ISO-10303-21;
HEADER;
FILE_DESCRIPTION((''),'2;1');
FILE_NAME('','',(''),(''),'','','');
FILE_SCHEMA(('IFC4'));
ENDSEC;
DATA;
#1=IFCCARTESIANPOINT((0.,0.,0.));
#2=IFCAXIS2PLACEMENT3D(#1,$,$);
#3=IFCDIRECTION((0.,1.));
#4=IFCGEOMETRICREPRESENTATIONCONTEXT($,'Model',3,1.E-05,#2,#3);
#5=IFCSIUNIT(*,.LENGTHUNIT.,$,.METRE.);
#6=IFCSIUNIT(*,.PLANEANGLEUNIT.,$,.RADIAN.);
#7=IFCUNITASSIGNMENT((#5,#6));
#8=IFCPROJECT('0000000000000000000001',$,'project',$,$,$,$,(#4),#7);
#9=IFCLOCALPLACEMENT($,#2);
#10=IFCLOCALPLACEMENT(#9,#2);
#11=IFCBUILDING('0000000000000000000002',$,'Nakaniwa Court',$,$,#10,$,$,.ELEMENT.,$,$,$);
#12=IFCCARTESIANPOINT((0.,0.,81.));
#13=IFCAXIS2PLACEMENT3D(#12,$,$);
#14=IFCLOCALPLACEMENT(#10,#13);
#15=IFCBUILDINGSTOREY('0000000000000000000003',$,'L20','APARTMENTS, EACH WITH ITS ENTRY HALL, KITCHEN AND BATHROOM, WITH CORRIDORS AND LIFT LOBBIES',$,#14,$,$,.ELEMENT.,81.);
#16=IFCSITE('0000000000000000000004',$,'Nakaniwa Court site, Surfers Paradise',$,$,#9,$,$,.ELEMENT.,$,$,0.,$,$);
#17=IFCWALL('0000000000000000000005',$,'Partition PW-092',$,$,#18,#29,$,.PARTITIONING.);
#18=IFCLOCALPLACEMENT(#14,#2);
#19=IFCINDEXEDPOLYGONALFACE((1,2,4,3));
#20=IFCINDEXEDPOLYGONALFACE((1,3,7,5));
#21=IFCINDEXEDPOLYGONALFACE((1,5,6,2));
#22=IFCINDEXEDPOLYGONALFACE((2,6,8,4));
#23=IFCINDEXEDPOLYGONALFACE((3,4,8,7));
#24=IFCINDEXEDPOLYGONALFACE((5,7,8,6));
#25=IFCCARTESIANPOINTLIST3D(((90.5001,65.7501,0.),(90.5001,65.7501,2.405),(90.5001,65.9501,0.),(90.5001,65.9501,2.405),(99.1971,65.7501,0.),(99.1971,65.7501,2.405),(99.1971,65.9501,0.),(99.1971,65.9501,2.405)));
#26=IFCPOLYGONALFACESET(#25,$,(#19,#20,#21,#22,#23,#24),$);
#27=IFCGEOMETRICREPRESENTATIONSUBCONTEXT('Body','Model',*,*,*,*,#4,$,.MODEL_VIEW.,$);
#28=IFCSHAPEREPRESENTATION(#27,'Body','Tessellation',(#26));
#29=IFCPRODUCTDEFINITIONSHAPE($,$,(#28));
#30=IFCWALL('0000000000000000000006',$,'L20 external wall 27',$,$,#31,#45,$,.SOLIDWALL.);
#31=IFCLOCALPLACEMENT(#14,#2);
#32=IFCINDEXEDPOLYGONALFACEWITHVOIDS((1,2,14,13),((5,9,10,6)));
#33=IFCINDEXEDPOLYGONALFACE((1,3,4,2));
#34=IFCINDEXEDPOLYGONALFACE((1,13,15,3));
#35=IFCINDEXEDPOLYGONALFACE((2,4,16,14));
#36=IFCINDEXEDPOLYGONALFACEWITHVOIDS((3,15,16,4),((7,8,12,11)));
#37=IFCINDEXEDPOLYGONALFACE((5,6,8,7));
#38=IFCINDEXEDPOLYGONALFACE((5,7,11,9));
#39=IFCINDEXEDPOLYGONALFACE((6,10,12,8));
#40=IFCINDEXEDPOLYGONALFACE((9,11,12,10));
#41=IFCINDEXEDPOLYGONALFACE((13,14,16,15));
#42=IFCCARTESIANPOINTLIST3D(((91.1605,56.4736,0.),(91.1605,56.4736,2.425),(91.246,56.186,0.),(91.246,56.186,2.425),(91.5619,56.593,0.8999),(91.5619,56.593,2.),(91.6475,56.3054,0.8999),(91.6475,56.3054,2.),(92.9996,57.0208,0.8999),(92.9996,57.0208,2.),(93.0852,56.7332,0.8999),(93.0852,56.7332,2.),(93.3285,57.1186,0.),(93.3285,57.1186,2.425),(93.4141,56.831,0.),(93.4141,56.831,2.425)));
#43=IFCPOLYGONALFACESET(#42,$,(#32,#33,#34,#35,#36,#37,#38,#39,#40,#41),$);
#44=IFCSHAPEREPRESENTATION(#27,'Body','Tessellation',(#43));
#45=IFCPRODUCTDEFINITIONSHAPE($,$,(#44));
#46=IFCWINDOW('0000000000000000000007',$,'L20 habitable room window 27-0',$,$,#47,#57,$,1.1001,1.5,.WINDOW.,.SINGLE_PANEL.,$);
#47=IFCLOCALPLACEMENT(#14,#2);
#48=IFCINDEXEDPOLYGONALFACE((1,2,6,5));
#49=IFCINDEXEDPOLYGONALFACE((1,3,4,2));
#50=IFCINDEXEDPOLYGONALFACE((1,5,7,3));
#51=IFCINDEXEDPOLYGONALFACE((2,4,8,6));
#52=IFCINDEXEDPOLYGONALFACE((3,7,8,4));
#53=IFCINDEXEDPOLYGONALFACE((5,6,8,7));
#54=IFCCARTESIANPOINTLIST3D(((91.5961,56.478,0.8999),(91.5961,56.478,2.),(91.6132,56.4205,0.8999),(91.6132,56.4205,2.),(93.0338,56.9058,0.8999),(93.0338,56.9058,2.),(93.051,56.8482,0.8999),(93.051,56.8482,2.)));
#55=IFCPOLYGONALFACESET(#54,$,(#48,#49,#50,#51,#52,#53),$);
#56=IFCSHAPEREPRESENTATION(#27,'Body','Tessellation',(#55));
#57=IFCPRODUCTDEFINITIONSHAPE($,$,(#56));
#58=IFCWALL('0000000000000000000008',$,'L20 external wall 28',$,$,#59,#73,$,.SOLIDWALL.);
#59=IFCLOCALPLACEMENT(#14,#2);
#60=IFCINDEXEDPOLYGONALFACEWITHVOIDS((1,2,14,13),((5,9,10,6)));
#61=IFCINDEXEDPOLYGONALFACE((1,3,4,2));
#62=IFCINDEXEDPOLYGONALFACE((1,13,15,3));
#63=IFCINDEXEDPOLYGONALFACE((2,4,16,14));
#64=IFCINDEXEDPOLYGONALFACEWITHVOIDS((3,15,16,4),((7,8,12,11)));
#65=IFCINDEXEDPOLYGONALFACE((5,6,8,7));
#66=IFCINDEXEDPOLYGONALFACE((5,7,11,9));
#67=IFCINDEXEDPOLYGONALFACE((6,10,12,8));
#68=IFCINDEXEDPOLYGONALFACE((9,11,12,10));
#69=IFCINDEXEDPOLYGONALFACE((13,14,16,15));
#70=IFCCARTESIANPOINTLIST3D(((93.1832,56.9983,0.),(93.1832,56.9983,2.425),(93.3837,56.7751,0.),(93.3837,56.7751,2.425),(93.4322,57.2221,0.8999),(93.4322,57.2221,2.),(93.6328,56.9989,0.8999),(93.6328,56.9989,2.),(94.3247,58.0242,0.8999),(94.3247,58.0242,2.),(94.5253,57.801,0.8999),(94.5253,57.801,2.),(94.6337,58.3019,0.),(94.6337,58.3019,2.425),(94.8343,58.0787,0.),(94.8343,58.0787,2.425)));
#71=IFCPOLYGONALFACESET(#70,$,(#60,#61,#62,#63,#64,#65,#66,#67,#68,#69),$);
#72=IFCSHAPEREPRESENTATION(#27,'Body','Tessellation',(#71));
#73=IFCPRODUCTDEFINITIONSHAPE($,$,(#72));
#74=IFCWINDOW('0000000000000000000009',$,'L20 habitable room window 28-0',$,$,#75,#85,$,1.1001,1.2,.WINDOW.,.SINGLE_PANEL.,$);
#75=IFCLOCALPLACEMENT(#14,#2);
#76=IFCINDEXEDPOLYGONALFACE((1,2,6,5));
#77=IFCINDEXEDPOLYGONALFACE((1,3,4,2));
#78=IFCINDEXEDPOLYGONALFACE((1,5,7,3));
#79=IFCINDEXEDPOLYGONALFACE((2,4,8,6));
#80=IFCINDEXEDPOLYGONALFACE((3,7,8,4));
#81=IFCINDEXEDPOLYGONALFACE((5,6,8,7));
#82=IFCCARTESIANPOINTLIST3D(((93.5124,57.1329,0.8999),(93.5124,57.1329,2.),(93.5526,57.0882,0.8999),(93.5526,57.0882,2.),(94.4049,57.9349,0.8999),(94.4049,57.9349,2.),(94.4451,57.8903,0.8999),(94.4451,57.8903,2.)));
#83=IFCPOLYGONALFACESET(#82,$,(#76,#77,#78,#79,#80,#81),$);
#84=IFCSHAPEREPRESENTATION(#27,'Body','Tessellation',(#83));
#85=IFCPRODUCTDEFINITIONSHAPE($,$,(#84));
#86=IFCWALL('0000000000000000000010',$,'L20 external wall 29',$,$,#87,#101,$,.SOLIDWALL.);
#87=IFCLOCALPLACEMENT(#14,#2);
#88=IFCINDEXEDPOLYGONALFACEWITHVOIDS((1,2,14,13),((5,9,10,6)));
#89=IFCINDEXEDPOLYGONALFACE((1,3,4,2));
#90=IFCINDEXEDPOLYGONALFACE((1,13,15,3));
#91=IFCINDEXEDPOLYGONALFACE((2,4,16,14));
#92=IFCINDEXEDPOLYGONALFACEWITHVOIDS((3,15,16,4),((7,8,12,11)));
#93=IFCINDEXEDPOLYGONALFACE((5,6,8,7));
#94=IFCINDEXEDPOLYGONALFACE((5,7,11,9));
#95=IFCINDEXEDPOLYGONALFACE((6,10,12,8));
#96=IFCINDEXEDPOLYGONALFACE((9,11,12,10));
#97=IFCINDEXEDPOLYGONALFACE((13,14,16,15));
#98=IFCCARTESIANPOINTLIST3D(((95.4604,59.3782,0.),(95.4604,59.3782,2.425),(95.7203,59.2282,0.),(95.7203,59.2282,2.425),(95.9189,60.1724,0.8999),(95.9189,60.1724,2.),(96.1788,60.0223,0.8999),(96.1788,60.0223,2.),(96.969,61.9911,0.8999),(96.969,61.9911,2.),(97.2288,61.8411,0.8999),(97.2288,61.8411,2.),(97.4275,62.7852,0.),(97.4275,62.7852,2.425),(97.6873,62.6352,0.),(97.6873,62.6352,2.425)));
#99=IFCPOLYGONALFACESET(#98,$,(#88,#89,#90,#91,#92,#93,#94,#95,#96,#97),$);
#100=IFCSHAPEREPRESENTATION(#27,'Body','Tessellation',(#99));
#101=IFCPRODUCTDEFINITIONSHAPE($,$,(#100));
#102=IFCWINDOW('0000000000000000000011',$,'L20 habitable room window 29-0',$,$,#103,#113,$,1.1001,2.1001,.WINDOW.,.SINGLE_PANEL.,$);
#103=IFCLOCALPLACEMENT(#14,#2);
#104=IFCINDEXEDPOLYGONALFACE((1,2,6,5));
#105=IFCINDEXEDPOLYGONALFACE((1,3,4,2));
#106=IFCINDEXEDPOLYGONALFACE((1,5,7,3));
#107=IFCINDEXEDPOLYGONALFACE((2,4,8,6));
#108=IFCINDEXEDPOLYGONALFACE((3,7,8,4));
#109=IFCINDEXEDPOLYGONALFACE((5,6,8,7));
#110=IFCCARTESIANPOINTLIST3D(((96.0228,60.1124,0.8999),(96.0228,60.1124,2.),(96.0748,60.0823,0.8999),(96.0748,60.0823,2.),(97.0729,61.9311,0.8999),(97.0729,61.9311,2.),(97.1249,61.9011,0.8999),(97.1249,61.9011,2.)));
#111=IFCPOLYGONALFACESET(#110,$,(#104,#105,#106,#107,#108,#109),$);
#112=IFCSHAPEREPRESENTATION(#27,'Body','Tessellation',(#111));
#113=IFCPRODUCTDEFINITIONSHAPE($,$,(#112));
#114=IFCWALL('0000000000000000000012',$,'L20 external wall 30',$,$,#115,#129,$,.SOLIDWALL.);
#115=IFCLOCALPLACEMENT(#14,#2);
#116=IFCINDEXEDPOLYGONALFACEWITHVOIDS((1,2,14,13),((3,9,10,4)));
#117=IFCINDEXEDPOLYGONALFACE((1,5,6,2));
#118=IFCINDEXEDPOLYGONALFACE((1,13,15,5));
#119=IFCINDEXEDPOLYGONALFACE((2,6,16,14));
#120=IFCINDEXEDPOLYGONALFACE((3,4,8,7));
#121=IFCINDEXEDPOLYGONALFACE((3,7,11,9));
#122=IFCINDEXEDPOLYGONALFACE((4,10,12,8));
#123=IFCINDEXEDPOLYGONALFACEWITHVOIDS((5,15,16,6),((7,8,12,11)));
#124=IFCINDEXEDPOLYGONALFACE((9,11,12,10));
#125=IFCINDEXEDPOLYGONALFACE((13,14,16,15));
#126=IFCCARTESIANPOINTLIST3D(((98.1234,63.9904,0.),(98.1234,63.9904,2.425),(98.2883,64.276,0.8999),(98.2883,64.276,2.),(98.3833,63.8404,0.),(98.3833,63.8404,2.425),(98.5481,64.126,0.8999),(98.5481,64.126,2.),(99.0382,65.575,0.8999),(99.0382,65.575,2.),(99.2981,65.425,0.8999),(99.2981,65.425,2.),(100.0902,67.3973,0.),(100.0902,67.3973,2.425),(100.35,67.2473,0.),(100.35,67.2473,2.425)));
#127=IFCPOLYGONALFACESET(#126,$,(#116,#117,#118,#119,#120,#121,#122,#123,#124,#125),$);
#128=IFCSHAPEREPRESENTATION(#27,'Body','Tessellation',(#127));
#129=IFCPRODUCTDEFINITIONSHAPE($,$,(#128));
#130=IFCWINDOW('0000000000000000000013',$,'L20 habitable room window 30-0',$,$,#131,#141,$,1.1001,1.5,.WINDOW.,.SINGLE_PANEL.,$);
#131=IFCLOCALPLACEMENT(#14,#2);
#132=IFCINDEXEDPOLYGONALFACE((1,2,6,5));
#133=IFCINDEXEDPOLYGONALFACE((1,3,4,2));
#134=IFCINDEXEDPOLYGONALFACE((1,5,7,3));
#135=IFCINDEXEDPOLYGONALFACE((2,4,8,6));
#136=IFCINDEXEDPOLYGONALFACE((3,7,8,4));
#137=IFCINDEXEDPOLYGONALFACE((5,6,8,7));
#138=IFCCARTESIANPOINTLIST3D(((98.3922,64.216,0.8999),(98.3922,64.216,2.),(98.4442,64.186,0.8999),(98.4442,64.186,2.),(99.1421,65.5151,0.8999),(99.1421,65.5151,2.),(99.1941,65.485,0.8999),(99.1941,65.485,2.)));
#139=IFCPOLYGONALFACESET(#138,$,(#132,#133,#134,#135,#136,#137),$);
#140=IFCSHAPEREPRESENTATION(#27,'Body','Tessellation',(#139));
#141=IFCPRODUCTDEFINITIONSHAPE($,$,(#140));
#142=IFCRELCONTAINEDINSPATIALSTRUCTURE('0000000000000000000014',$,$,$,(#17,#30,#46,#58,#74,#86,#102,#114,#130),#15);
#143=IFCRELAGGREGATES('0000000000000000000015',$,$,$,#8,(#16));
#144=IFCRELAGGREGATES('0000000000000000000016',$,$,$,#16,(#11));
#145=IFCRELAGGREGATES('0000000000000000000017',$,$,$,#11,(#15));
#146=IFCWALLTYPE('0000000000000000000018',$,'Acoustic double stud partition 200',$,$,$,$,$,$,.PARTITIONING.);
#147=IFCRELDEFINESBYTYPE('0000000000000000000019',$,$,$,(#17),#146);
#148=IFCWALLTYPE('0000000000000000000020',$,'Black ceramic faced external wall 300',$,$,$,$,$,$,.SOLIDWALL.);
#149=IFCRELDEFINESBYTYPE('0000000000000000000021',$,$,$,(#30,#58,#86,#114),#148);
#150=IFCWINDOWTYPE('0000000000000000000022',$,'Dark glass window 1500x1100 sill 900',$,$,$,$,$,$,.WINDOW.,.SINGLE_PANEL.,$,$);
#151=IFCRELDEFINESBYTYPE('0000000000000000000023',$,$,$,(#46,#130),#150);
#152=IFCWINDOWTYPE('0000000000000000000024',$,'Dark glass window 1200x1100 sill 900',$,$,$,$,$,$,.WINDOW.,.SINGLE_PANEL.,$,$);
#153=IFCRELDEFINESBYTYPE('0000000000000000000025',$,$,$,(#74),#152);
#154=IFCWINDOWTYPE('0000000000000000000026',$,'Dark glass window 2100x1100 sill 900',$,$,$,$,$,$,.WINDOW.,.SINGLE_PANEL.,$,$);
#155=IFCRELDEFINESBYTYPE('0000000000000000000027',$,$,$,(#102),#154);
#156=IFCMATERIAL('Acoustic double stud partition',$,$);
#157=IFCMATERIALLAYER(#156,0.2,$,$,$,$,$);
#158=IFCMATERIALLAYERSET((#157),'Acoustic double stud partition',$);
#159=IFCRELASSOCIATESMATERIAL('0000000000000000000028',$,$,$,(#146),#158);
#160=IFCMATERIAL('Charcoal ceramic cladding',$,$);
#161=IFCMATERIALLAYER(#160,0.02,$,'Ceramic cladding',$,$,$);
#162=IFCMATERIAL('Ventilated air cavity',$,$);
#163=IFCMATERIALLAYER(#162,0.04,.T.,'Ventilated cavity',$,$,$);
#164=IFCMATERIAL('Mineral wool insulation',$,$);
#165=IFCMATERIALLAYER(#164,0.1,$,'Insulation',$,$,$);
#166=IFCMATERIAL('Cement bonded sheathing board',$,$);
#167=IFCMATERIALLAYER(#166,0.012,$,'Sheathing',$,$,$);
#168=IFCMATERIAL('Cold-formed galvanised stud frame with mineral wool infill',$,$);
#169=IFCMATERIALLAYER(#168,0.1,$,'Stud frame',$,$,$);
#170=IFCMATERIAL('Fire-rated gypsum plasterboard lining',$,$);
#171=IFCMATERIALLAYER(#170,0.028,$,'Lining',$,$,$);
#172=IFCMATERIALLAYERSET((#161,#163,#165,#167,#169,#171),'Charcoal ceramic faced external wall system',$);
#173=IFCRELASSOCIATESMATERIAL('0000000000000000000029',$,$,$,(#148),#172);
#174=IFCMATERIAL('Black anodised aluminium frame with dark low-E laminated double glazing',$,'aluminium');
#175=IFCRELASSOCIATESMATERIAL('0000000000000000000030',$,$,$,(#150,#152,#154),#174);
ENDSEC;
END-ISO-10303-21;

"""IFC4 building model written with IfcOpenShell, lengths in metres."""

from ifc_helpers import new_model, si_unit, direction, frame, frame_2d, origin, place, context, subcontext, project, spatial, rectangle, extrude, material, layer, layer_set, type_object, element, fill, save


model = new_model("IFC4")

# Units and contexts
model_context = context("Model", 3, precision=1e-05, world=origin(), true_north=direction((0.0, 1.0)))
body_context = subcontext(model_context, "Body", "Model", "MODEL_VIEW")
ifc_project = project(units=[si_unit("LENGTHUNIT", "METRE"), si_unit("PLANEANGLEUNIT", "RADIAN")], contexts=[model_context])

# Site, building, storey
site_placement = place(None, origin())
site = spatial("IfcSite", under=ifc_project, at=site_placement, Name="Nakaniwa Court site, Surfers Paradise", CompositionType="ELEMENT", RefElevation=0.0)
building_placement = place(site_placement, origin())
building = spatial("IfcBuilding", under=site, at=building_placement, Name="Nakaniwa Court", CompositionType="ELEMENT")
storey_placement = place(building_placement, frame((0.0, 0.0, 81.0)))
storey = spatial("IfcBuildingStorey", under=building, at=storey_placement, Name="L20", Description="APARTMENTS, EACH WITH ITS ENTRY HALL, KITCHEN AND BATHROOM, WITH CORRIDORS AND LIFT LOBBIES", CompositionType="ELEMENT", Elevation=81.0)

# Wall
ifc_material_1 = material(Name="Acoustic double stud partition")
ifc_layer_1 = layer(ifc_material_1, 0.2)
ifc_layer_set_1 = layer_set([ifc_layer_1], Name="Acoustic double stud partition")
wall_type_1 = type_object("IfcWallType", Name="Acoustic double stud partition 200", PredefinedType="PARTITIONING", material=ifc_layer_set_1)
wall_1_placement = place(storey_placement, frame((90.5, 65.8501, 0.0), z_axis=(0.0, 0.0, 1.0), x_axis=(1.0, 0.0, 0.0)))
element("IfcWall", 1, at=wall_1_placement, inside=storey, type_object=wall_type_1, Name="Partition PW-092", PredefinedType="PARTITIONING", context=body_context, shape_type="SweptSolid", body=[
    extrude(rectangle(XDim=8.697, YDim=0.2, at=frame_2d((4.3486, 0.0))), origin(), (0.0, 0.0, 1.0), 2.405),
])

# Walls, openings, windows
ifc_material_2 = material(Name="Charcoal ceramic cladding")
ifc_layer_2 = layer(ifc_material_2, 0.02, Name="Ceramic cladding")
ifc_material_3 = material(Name="Ventilated air cavity")
ifc_layer_3 = layer(ifc_material_3, 0.04, ventilated=True, Name="Ventilated cavity")
ifc_material_4 = material(Name="Mineral wool insulation")
ifc_layer_4 = layer(ifc_material_4, 0.1, Name="Insulation")
ifc_material_5 = material(Name="Cement bonded sheathing board")
ifc_layer_5 = layer(ifc_material_5, 0.012, Name="Sheathing")
ifc_material_6 = material(Name="Cold-formed galvanised stud frame with mineral wool infill")
ifc_layer_6 = layer(ifc_material_6, 0.1, Name="Stud frame")
ifc_material_7 = material(Name="Fire-rated gypsum plasterboard lining")
ifc_layer_7 = layer(ifc_material_7, 0.028, Name="Lining")
ifc_layer_set_2 = layer_set([ifc_layer_2, ifc_layer_3, ifc_layer_4, ifc_layer_5, ifc_layer_6, ifc_layer_7], Name="Charcoal ceramic faced external wall system")
wall_type_2 = type_object("IfcWallType", Name="Black ceramic faced external wall 300", PredefinedType="SOLIDWALL", material=ifc_layer_set_2)
wall_2_placement = place(storey_placement, frame((91.2034, 56.3298, 0.0), z_axis=(0.0, 0.0, 1.0), x_axis=(0.958477, 0.285169, 0.0)))
wall_2 = element("IfcWall", 2, at=wall_2_placement, inside=storey, type_object=wall_type_2, Name="L20 external wall 27", PredefinedType="SOLIDWALL", context=body_context, shape_type="SweptSolid", body=[
    extrude(rectangle(XDim=2.262, YDim=0.3, at=frame_2d((1.1309, 0.0))), origin(), (0.0, 0.0, 1.0), 2.425),
])
opening_1_placement = place(wall_2_placement, frame((0.4187, 0.0, 0.8999)))
opening_1 = element("IfcOpeningElement", 3, at=opening_1_placement, cuts=wall_2, PredefinedType="OPENING", context=body_context, shape_type="SweptSolid", body=[
    extrude(rectangle(XDim=1.5, YDim=1.1001, at=frame_2d((0.75, 0.55))), frame((0.0, 0.1599, 0.0), z_axis=(0.0, -1.0, 0.0), x_axis=(1.0, 0.0, 0.0)), (0.0, 0.0, 1.0), 0.3201),
])
ifc_material_8 = material(Name="Black anodised aluminium frame with dark low-E laminated double glazing", Category="aluminium")
window_type_1 = type_object("IfcWindowType", Name="Dark glass window 1500x1100 sill 900", PartitioningType="SINGLE_PANEL", PredefinedType="WINDOW", material=ifc_material_8)
window_1_placement = place(opening_1_placement, origin())
window_1 = element("IfcWindow", 4, at=window_1_placement, inside=storey, type_object=window_type_1, Name="L20 habitable room window 27-0", OverallHeight=1.1001, OverallWidth=1.5, PartitioningType="SINGLE_PANEL", PredefinedType="WINDOW", context=body_context, shape_type="SweptSolid", body=[
    extrude(rectangle(XDim=1.5, YDim=1.1001, at=frame_2d((0.75, 0.55))), frame((0.0, 0.03, 0.0), z_axis=(0.0, -1.0, 0.0), x_axis=(1.0, 0.0, 0.0)), (0.0, 0.0, 1.0), 0.0601),
])
fill(opening_1, window_1)
wall_3_placement = place(storey_placement, frame((93.2834, 56.8867, 0.0), z_axis=(0.0, 0.0, 1.0), x_axis=(0.743786, 0.668418, 0.0)))
wall_3 = element("IfcWall", 5, at=wall_3_placement, inside=storey, type_object=wall_type_2, Name="L20 external wall 28", PredefinedType="SOLIDWALL", context=body_context, shape_type="SweptSolid", body=[
    extrude(rectangle(XDim=1.9502, YDim=0.3, at=frame_2d((0.9751, 0.0))), origin(), (0.0, 0.0, 1.0), 2.425),
])
opening_2_placement = place(wall_3_placement, frame((0.3347, 0.0, 0.8999)))
opening_2 = element("IfcOpeningElement", 6, at=opening_2_placement, cuts=wall_3, PredefinedType="OPENING", context=body_context, shape_type="SweptSolid", body=[
    extrude(rectangle(XDim=1.2, YDim=1.1001, at=frame_2d((0.6001, 0.55))), frame((0.0, 0.1599, 0.0), z_axis=(0.0, -1.0, 0.0), x_axis=(1.0, 0.0, 0.0)), (0.0, 0.0, 1.0), 0.3201),
])
window_type_2 = type_object("IfcWindowType", Name="Dark glass window 1200x1100 sill 900", PartitioningType="SINGLE_PANEL", PredefinedType="WINDOW", material=ifc_material_8)
window_2_placement = place(opening_2_placement, origin())
window_2 = element("IfcWindow", 7, at=window_2_placement, inside=storey, type_object=window_type_2, Name="L20 habitable room window 28-0", OverallHeight=1.1001, OverallWidth=1.2, PartitioningType="SINGLE_PANEL", PredefinedType="WINDOW", context=body_context, shape_type="SweptSolid", body=[
    extrude(rectangle(XDim=1.2, YDim=1.1001, at=frame_2d((0.6001, 0.55))), frame((0.0, 0.03, 0.0), z_axis=(0.0, -1.0, 0.0), x_axis=(1.0, 0.0, 0.0)), (0.0, 0.0, 1.0), 0.0601),
])
fill(opening_2, window_2)
wall_4_placement = place(storey_placement, frame((95.5903, 59.3032, 0.0), z_axis=(0.0, 0.0, 1.0), x_axis=(0.500004, 0.866023, 0.0)))
wall_4 = element("IfcWall", 8, at=wall_4_placement, inside=storey, type_object=wall_type_2, Name="L20 external wall 29", PredefinedType="SOLIDWALL", context=body_context, shape_type="SweptSolid", body=[
    extrude(rectangle(XDim=3.9341, YDim=0.3, at=frame_2d((1.967, 0.0))), origin(), (0.0, 0.0, 1.0), 2.425),
])
opening_3_placement = place(wall_4_placement, frame((0.917, 0.0, 0.8999)))
opening_3 = element("IfcOpeningElement", 9, at=opening_3_placement, cuts=wall_4, PredefinedType="OPENING", context=body_context, shape_type="SweptSolid", body=[
    extrude(rectangle(XDim=2.1001, YDim=1.1001, at=frame_2d((1.05, 0.55))), frame((0.0, 0.1599, 0.0), z_axis=(0.0, -1.0, 0.0), x_axis=(1.0, 0.0, 0.0)), (0.0, 0.0, 1.0), 0.3201),
])
window_type_3 = type_object("IfcWindowType", Name="Dark glass window 2100x1100 sill 900", PartitioningType="SINGLE_PANEL", PredefinedType="WINDOW", material=ifc_material_8)
window_3_placement = place(opening_3_placement, origin())
window_3 = element("IfcWindow", 10, at=window_3_placement, inside=storey, type_object=window_type_3, Name="L20 habitable room window 29-0", OverallHeight=1.1001, OverallWidth=2.1001, PartitioningType="SINGLE_PANEL", PredefinedType="WINDOW", context=body_context, shape_type="SweptSolid", body=[
    extrude(rectangle(XDim=2.1001, YDim=1.1001, at=frame_2d((1.05, 0.55))), frame((0.0, 0.03, 0.0), z_axis=(0.0, -1.0, 0.0), x_axis=(1.0, 0.0, 0.0)), (0.0, 0.0, 1.0), 0.0601),
])
fill(opening_3, window_3)
wall_5_placement = place(storey_placement, frame((98.2534, 63.9155, 0.0), z_axis=(0.0, 0.0, 1.0), x_axis=(0.499957, 0.86605, 0.0)))
wall_5 = element("IfcWall", 11, at=wall_5_placement, inside=storey, type_object=wall_type_2, Name="L20 external wall 30", PredefinedType="SOLIDWALL", context=body_context, shape_type="SweptSolid", body=[
    extrude(rectangle(XDim=3.9338, YDim=0.3, at=frame_2d((1.9668, 0.0))), origin(), (0.0, 0.0, 1.0), 2.425),
])
opening_4_placement = place(wall_5_placement, frame((0.3296, 0.0, 0.8999)))
opening_4 = element("IfcOpeningElement", 12, at=opening_4_placement, cuts=wall_5, PredefinedType="OPENING", context=body_context, shape_type="SweptSolid", body=[
    extrude(rectangle(XDim=1.5, YDim=1.1001, at=frame_2d((0.75, 0.55))), frame((0.0, 0.1599, 0.0), z_axis=(0.0, -1.0, 0.0), x_axis=(1.0, 0.0, 0.0)), (0.0, 0.0, 1.0), 0.3201),
])
window_4_placement = place(opening_4_placement, origin())
window_4 = element("IfcWindow", 13, at=window_4_placement, inside=storey, type_object=window_type_1, Name="L20 habitable room window 30-0", OverallHeight=1.1001, OverallWidth=1.5, PartitioningType="SINGLE_PANEL", PredefinedType="WINDOW", context=body_context, shape_type="SweptSolid", body=[
    extrude(rectangle(XDim=1.5, YDim=1.1001, at=frame_2d((0.75, 0.55))), frame((0.0, 0.03, 0.0), z_axis=(0.0, -1.0, 0.0), x_axis=(1.0, 0.0, 0.0)), (0.0, 0.0, 1.0), 0.0601),
])
fill(opening_4, window_4)

save(model, "model.ifc")
